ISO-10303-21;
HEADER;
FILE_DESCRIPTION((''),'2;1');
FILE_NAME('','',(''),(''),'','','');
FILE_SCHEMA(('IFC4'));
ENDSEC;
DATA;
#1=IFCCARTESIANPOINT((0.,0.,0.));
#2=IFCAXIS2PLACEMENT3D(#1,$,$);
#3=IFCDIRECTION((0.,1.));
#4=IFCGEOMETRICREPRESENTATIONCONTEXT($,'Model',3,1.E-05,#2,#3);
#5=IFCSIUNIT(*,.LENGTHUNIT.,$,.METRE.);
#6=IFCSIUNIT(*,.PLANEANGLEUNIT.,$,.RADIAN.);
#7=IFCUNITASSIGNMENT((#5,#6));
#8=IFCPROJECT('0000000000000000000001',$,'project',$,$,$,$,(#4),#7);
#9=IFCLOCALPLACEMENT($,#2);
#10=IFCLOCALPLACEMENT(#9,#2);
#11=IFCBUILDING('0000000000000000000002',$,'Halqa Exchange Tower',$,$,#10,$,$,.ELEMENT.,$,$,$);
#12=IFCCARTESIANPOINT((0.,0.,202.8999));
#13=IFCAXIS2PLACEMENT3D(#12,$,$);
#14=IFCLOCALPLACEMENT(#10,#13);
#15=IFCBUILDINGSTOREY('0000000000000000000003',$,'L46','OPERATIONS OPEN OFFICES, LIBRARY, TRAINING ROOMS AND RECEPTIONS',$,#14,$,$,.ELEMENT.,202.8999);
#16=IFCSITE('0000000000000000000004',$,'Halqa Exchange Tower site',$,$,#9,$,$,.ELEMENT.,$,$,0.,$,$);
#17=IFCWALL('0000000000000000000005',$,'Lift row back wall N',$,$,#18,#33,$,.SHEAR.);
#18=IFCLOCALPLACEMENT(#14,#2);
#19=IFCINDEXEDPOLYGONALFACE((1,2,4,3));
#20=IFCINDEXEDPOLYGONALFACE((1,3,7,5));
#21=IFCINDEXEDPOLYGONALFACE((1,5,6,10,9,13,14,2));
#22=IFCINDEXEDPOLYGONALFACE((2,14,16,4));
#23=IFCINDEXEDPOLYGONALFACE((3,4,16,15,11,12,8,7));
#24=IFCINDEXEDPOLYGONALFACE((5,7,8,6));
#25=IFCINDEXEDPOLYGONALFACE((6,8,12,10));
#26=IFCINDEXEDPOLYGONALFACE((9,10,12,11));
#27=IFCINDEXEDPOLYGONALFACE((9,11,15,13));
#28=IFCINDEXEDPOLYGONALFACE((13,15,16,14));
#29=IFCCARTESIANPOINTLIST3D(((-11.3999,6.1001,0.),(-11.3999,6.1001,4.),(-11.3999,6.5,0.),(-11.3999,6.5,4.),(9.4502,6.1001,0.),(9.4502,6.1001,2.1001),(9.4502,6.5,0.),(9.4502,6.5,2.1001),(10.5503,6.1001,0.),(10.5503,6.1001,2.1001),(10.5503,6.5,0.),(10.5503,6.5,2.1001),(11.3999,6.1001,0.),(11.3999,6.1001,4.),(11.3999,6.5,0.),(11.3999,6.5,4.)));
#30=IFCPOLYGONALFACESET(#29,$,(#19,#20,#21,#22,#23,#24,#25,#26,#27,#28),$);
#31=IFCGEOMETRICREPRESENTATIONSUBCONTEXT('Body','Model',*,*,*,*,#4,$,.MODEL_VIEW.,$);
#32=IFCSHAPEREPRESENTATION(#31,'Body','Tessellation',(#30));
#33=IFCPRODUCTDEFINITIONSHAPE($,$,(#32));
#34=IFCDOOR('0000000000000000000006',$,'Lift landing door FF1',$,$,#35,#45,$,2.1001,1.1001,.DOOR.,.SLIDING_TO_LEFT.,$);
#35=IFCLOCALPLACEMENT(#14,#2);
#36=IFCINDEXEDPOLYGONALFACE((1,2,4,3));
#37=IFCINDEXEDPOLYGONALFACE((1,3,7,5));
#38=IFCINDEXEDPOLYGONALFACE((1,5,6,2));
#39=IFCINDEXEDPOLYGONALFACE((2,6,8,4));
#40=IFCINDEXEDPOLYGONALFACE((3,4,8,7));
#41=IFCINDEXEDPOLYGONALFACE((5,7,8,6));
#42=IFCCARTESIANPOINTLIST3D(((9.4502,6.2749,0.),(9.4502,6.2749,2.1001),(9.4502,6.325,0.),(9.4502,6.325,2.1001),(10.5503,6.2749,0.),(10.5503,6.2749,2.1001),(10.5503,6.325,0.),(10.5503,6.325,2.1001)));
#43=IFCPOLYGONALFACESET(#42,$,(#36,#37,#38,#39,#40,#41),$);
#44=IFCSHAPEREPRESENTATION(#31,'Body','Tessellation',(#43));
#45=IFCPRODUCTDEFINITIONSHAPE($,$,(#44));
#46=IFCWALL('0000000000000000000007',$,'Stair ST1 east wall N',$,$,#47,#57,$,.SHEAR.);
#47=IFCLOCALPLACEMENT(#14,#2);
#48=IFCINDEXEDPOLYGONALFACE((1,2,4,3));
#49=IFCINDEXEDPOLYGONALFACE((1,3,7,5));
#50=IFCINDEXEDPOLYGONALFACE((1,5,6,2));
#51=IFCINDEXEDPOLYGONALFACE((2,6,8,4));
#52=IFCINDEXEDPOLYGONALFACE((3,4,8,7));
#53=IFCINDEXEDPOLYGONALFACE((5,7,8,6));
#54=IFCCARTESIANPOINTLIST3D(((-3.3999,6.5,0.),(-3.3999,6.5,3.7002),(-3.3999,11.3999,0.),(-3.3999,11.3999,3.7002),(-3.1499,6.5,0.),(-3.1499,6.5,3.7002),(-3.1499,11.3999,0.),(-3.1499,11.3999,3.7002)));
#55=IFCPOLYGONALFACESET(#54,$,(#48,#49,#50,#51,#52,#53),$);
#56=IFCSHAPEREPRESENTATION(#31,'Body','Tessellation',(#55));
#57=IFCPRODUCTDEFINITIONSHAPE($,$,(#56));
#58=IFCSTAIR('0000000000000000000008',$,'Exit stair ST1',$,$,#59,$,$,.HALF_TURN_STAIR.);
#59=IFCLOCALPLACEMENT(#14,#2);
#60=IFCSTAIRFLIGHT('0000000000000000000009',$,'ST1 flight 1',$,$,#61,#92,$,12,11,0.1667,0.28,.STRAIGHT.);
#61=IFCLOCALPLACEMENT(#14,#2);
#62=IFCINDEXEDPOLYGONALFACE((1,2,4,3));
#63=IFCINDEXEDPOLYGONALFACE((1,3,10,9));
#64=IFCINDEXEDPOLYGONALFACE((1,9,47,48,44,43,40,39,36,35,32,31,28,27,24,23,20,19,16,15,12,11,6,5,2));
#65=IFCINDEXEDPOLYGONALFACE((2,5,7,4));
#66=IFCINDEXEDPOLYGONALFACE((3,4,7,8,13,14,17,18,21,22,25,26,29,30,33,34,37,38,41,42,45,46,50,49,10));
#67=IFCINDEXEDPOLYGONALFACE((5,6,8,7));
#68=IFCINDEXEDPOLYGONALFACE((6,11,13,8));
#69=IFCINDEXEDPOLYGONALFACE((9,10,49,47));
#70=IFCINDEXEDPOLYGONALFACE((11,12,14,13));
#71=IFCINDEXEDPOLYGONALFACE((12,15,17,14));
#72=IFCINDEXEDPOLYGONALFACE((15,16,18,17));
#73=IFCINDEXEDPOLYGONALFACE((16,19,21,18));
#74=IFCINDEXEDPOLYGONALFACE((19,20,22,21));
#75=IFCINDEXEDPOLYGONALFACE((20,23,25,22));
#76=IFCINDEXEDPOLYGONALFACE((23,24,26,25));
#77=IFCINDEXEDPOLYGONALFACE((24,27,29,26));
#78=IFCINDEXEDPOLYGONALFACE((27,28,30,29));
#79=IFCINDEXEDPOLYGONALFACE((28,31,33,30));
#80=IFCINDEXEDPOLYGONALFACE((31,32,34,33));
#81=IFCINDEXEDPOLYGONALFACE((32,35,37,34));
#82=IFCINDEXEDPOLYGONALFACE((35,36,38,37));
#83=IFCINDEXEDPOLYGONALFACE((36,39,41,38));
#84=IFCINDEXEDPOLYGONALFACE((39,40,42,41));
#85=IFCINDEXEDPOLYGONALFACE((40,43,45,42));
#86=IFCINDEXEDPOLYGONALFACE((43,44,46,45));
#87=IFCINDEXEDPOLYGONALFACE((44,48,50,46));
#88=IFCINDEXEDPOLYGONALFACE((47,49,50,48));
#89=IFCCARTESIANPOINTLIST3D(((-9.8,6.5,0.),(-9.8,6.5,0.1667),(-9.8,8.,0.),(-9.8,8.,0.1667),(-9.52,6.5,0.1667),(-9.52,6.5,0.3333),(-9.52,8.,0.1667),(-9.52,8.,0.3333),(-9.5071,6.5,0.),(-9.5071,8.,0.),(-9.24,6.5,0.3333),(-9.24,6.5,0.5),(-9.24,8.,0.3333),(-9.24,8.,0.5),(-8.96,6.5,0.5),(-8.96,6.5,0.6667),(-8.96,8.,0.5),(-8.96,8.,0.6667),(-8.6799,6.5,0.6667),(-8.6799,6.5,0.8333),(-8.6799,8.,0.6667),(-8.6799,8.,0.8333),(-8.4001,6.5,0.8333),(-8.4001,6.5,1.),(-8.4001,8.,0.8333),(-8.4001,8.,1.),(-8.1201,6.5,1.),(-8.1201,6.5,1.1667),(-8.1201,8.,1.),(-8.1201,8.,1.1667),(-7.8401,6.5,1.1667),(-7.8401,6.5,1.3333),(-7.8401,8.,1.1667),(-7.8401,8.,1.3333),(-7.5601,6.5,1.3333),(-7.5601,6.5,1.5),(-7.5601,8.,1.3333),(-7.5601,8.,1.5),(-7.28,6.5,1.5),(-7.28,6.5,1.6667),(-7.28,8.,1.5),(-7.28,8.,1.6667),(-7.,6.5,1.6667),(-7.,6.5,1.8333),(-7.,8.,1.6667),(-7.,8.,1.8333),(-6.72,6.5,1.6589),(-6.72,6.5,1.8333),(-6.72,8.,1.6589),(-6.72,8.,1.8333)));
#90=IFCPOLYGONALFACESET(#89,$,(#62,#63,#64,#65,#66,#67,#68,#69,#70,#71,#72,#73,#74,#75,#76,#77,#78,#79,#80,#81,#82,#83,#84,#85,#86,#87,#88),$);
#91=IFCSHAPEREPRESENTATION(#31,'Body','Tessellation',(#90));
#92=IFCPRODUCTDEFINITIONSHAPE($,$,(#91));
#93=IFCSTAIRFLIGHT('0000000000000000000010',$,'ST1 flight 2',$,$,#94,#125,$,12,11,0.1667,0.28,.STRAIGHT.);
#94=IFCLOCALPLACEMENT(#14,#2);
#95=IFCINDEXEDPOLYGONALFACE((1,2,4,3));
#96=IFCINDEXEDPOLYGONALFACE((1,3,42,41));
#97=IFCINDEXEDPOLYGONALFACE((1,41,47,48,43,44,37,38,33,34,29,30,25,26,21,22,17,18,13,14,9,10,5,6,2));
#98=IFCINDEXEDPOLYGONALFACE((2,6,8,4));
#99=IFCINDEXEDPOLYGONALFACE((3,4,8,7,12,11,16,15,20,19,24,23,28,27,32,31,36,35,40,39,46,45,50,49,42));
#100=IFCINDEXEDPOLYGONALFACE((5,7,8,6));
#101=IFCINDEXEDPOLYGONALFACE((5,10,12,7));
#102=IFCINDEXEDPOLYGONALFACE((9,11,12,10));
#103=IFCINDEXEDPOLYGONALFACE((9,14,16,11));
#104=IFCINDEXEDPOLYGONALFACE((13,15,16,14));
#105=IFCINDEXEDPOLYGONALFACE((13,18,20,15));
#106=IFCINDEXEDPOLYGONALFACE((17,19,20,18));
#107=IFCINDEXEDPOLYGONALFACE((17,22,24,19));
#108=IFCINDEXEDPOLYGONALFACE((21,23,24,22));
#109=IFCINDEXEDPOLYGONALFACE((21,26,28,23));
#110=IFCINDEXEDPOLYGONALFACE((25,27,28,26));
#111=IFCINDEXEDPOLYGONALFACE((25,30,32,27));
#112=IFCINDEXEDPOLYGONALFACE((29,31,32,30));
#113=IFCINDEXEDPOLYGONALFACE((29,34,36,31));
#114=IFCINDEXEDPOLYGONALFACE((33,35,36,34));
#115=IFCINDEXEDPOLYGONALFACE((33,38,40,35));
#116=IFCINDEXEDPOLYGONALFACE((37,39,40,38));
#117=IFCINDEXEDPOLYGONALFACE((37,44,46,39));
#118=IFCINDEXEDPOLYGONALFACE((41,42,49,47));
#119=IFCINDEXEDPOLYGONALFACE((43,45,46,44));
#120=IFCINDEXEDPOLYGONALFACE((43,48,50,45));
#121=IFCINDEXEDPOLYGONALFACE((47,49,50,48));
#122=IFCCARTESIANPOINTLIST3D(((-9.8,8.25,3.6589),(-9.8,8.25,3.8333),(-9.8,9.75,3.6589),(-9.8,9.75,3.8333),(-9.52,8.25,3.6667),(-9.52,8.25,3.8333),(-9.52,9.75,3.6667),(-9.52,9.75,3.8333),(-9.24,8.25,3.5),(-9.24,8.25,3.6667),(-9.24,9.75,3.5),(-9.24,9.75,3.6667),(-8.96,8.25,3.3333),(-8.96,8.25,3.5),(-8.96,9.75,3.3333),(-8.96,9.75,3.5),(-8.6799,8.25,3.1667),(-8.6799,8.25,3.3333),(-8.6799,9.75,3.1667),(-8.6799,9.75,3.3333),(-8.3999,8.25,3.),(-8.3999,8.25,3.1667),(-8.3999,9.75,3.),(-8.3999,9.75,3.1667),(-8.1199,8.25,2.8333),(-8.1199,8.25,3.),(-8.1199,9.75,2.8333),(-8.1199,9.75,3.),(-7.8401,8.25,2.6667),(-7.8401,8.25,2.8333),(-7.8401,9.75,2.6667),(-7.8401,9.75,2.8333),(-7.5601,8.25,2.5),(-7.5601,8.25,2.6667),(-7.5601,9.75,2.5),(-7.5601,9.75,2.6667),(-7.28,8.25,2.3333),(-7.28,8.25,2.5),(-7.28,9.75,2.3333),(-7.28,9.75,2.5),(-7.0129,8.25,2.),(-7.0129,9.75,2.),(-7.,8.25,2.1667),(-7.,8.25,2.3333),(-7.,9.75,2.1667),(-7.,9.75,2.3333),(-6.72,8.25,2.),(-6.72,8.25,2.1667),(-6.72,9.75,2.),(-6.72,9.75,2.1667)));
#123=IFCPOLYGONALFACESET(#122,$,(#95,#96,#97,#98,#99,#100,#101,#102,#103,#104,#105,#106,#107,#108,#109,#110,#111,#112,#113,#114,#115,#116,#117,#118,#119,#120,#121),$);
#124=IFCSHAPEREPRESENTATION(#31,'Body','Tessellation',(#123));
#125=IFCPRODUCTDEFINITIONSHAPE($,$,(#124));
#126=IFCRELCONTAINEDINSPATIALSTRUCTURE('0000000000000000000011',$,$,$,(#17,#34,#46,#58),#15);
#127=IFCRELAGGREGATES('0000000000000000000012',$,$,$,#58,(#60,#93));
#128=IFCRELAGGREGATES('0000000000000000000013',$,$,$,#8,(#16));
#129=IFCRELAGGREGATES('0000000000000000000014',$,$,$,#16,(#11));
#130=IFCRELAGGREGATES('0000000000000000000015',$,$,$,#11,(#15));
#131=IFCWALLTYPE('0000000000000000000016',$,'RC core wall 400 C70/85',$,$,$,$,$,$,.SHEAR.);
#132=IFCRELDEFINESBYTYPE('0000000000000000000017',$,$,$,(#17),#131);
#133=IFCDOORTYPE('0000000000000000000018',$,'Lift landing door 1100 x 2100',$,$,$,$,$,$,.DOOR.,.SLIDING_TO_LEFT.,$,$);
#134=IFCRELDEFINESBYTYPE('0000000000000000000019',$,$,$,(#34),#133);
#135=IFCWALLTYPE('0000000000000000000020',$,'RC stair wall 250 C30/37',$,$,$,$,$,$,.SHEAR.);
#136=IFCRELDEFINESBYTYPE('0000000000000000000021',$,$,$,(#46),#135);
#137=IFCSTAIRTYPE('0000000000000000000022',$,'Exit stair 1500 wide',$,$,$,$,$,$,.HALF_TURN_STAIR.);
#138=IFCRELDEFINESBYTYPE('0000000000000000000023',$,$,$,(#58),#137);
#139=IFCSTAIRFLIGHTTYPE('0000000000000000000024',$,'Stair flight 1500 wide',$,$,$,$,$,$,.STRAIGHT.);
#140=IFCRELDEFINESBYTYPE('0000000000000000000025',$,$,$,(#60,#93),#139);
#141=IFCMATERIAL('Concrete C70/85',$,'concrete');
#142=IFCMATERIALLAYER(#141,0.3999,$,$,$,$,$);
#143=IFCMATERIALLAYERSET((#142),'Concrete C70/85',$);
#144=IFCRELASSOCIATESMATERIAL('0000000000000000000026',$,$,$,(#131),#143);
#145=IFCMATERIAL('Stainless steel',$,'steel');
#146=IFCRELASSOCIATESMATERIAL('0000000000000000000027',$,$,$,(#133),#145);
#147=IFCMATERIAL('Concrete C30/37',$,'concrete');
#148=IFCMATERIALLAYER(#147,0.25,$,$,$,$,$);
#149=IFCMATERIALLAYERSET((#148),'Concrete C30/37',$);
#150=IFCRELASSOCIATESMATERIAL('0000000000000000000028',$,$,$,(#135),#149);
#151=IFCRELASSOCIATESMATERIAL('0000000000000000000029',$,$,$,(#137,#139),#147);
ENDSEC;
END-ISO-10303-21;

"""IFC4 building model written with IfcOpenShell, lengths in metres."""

from ifc_helpers import new_model, si_unit, direction, frame, frame_2d, origin, place, context, subcontext, project, spatial, polyline, rectangle, outline, extrude, material, layer, layer_set, type_object, element, fill, aggregate, save


model = new_model("IFC4")

# Units and contexts
model_context = context("Model", 3, precision=1e-05, world=origin(), true_north=direction((0.0, 1.0)))
body_context = subcontext(model_context, "Body", "Model", "MODEL_VIEW")
ifc_project = project(units=[si_unit("LENGTHUNIT", "METRE"), si_unit("PLANEANGLEUNIT", "RADIAN")], contexts=[model_context])

# Site, building, storey
site_placement = place(None, origin())
site = spatial("IfcSite", under=ifc_project, at=site_placement, Name="Halqa Exchange Tower site", CompositionType="ELEMENT", RefElevation=0.0)
building_placement = place(site_placement, origin())
building = spatial("IfcBuilding", under=site, at=building_placement, Name="Halqa Exchange Tower", CompositionType="ELEMENT")
storey_placement = place(building_placement, frame((0.0, 0.0, 202.8999)))
storey = spatial("IfcBuildingStorey", under=building, at=storey_placement, Name="L46", Description="OPERATIONS OPEN OFFICES, LIBRARY, TRAINING ROOMS AND RECEPTIONS", CompositionType="ELEMENT", Elevation=202.8999)

# Shared definitions
ifc_material_1 = material(Name="Concrete C70/85", Category="concrete")
ifc_layer_1 = layer(ifc_material_1, 0.3999)
ifc_layer_set_1 = layer_set([ifc_layer_1], Name="Concrete C70/85")
wall_type_1 = type_object("IfcWallType", Name="RC core wall 400 C70/85", PredefinedType="SHEAR", material=ifc_layer_set_1)
ifc_material_2 = material(Name="Stainless steel", Category="steel")
door_type_1 = type_object("IfcDoorType", Name="Lift landing door 1100 x 2100", OperationType="SLIDING_TO_LEFT", PredefinedType="DOOR", material=ifc_material_2)

# Wall, opening, door
wall_1_placement = place(storey_placement, frame((-11.3999, 6.3, 0.0), z_axis=(0.0, 0.0, 1.0), x_axis=(1.0, 0.0, 0.0)))
wall_1 = element("IfcWall", 1, at=wall_1_placement, inside=storey, type_object=wall_type_1, Name="Lift row back wall N", PredefinedType="SHEAR", context=body_context, shape_type="SweptSolid", body=[
    extrude(rectangle(XDim=22.7998, YDim=0.3999, at=frame_2d((11.3999, 0.0))), origin(), (0.0, 0.0, 1.0), 4.0),
])
opening_1_placement = place(wall_1_placement, frame((20.8501, 0.0, 0.0)))
opening_1 = element("IfcOpeningElement", 2, at=opening_1_placement, cuts=wall_1, PredefinedType="OPENING", context=body_context, shape_type="SweptSolid", body=[
    extrude(rectangle(XDim=1.1001, YDim=2.1001, at=frame_2d((0.55, 1.05))), frame((0.0, 0.2119, 0.0), z_axis=(0.0, -1.0, 0.0), x_axis=(1.0, 0.0, 0.0)), (0.0, 0.0, 1.0), 0.4238),
])
door_1_placement = place(opening_1_placement, origin())
door_1 = element("IfcDoor", 3, at=door_1_placement, inside=storey, type_object=door_type_1, Name="Lift landing door FF1", OperationType="SLIDING_TO_LEFT", OverallHeight=2.1001, OverallWidth=1.1001, PredefinedType="DOOR", context=body_context, shape_type="SweptSolid", body=[
    extrude(rectangle(XDim=1.1001, YDim=2.1001, at=frame_2d((0.55, 1.05))), frame((0.0, 0.0249, 0.0), z_axis=(0.0, -1.0, 0.0), x_axis=(1.0, 0.0, 0.0)), (0.0, 0.0, 1.0), 0.05),
])
fill(opening_1, door_1)

# Wall
ifc_material_3 = material(Name="Concrete C30/37", Category="concrete")
ifc_layer_2 = layer(ifc_material_3, 0.25)
ifc_layer_set_2 = layer_set([ifc_layer_2], Name="Concrete C30/37")
wall_type_2 = type_object("IfcWallType", Name="RC stair wall 250 C30/37", PredefinedType="SHEAR", material=ifc_layer_set_2)
wall_2_placement = place(storey_placement, frame((-3.2749, 6.5, 0.0), z_axis=(0.0, 0.0, 1.0), x_axis=(0.0, 1.0, 0.0)))
element("IfcWall", 4, at=wall_2_placement, inside=storey, type_object=wall_type_2, Name="Stair ST1 east wall N", PredefinedType="SHEAR", context=body_context, shape_type="SweptSolid", body=[
    extrude(rectangle(XDim=4.8999, YDim=0.25, at=frame_2d((2.45, 0.0))), origin(), (0.0, 0.0, 1.0), 3.7002),
])

# Stair, stair flights
stair_type = type_object("IfcStairType", Name="Exit stair 1500 wide", PredefinedType="HALF_TURN_STAIR", material=ifc_material_3)
stair_placement = place(storey_placement, origin())
stair = element("IfcStair", 5, at=stair_placement, inside=storey, type_object=stair_type, Name="Exit stair ST1", PredefinedType="HALF_TURN_STAIR")
stair_flight_type = type_object("IfcStairFlightType", Name="Stair flight 1500 wide", PredefinedType="STRAIGHT", material=ifc_material_3)
stair_flight_1_placement = place(storey_placement, frame((-9.8, 7.25, 0.0), z_axis=(0.0, 0.0, 1.0), x_axis=(1.0, 0.0, 0.0)))
stair_flight_1 = element("IfcStairFlight", 6, at=stair_flight_1_placement, type_object=stair_flight_type, Name="ST1 flight 1", NumberOfRisers=12, NumberOfTreads=11, PredefinedType="STRAIGHT", RiserHeight=0.1667, TreadLength=0.28, context=body_context, shape_type="SweptSolid", body=[
    extrude(outline(polyline([(0.0, 0.0), (0.0, 0.1667), (0.28, 0.1667), (0.28, 0.3333), (0.5601, 0.3333), (0.5601, 0.5), (0.8401, 0.5), (0.8401, 0.6667), (1.1201, 0.6667), (1.1201, 0.8333), (1.3999, 0.8333), (1.3999, 1.0), (1.6799, 1.0), (1.6799, 1.1667), (1.96, 1.1667), (1.96, 1.3333), (2.24, 1.3333), (2.24, 1.5), (2.52, 1.5), (2.52, 1.6667), (2.8, 1.6667), (2.8, 1.8333), (3.0801, 1.8333), (3.0801, 2.0), (3.0801, 1.6589), (0.293, 0.0), (0.0, 0.0)])), frame((0.0, 0.75, 0.0), z_axis=(0.0, -1.0, 0.0), x_axis=(1.0, 0.0, 0.0)), (0.0, 0.0, 1.0), 1.5),
])
stair_flight_2_placement = place(storey_placement, frame((-6.72, 9.0, 2.0), z_axis=(0.0, 0.0, 1.0), x_axis=(-1.0, 0.0, 0.0)))
stair_flight_2 = element("IfcStairFlight", 7, at=stair_flight_2_placement, type_object=stair_flight_type, Name="ST1 flight 2", NumberOfRisers=12, NumberOfTreads=11, PredefinedType="STRAIGHT", RiserHeight=0.1667, TreadLength=0.28, context=body_context, shape_type="SweptSolid", body=[
    extrude(outline(polyline([(0.0, 0.0), (0.0, 0.1667), (0.28, 0.1667), (0.28, 0.3333), (0.5601, 0.3333), (0.5601, 0.5), (0.8401, 0.5), (0.8401, 0.6667), (1.1201, 0.6667), (1.1201, 0.8333), (1.3999, 0.8333), (1.3999, 1.0), (1.6799, 1.0), (1.6799, 1.1667), (1.96, 1.1667), (1.96, 1.3333), (2.24, 1.3333), (2.24, 1.5), (2.52, 1.5), (2.52, 1.6667), (2.8, 1.6667), (2.8, 1.8333), (3.0801, 1.8333), (3.0801, 2.0), (3.0801, 1.6589), (0.293, 0.0), (0.0, 0.0)])), frame((0.0, 0.75, 0.0), z_axis=(0.0, -1.0, 0.0), x_axis=(1.0, 0.0, 0.0)), (0.0, 0.0, 1.0), 1.5),
])
aggregate(stair, [stair_flight_1, stair_flight_2])

save(model, "model.ifc")
